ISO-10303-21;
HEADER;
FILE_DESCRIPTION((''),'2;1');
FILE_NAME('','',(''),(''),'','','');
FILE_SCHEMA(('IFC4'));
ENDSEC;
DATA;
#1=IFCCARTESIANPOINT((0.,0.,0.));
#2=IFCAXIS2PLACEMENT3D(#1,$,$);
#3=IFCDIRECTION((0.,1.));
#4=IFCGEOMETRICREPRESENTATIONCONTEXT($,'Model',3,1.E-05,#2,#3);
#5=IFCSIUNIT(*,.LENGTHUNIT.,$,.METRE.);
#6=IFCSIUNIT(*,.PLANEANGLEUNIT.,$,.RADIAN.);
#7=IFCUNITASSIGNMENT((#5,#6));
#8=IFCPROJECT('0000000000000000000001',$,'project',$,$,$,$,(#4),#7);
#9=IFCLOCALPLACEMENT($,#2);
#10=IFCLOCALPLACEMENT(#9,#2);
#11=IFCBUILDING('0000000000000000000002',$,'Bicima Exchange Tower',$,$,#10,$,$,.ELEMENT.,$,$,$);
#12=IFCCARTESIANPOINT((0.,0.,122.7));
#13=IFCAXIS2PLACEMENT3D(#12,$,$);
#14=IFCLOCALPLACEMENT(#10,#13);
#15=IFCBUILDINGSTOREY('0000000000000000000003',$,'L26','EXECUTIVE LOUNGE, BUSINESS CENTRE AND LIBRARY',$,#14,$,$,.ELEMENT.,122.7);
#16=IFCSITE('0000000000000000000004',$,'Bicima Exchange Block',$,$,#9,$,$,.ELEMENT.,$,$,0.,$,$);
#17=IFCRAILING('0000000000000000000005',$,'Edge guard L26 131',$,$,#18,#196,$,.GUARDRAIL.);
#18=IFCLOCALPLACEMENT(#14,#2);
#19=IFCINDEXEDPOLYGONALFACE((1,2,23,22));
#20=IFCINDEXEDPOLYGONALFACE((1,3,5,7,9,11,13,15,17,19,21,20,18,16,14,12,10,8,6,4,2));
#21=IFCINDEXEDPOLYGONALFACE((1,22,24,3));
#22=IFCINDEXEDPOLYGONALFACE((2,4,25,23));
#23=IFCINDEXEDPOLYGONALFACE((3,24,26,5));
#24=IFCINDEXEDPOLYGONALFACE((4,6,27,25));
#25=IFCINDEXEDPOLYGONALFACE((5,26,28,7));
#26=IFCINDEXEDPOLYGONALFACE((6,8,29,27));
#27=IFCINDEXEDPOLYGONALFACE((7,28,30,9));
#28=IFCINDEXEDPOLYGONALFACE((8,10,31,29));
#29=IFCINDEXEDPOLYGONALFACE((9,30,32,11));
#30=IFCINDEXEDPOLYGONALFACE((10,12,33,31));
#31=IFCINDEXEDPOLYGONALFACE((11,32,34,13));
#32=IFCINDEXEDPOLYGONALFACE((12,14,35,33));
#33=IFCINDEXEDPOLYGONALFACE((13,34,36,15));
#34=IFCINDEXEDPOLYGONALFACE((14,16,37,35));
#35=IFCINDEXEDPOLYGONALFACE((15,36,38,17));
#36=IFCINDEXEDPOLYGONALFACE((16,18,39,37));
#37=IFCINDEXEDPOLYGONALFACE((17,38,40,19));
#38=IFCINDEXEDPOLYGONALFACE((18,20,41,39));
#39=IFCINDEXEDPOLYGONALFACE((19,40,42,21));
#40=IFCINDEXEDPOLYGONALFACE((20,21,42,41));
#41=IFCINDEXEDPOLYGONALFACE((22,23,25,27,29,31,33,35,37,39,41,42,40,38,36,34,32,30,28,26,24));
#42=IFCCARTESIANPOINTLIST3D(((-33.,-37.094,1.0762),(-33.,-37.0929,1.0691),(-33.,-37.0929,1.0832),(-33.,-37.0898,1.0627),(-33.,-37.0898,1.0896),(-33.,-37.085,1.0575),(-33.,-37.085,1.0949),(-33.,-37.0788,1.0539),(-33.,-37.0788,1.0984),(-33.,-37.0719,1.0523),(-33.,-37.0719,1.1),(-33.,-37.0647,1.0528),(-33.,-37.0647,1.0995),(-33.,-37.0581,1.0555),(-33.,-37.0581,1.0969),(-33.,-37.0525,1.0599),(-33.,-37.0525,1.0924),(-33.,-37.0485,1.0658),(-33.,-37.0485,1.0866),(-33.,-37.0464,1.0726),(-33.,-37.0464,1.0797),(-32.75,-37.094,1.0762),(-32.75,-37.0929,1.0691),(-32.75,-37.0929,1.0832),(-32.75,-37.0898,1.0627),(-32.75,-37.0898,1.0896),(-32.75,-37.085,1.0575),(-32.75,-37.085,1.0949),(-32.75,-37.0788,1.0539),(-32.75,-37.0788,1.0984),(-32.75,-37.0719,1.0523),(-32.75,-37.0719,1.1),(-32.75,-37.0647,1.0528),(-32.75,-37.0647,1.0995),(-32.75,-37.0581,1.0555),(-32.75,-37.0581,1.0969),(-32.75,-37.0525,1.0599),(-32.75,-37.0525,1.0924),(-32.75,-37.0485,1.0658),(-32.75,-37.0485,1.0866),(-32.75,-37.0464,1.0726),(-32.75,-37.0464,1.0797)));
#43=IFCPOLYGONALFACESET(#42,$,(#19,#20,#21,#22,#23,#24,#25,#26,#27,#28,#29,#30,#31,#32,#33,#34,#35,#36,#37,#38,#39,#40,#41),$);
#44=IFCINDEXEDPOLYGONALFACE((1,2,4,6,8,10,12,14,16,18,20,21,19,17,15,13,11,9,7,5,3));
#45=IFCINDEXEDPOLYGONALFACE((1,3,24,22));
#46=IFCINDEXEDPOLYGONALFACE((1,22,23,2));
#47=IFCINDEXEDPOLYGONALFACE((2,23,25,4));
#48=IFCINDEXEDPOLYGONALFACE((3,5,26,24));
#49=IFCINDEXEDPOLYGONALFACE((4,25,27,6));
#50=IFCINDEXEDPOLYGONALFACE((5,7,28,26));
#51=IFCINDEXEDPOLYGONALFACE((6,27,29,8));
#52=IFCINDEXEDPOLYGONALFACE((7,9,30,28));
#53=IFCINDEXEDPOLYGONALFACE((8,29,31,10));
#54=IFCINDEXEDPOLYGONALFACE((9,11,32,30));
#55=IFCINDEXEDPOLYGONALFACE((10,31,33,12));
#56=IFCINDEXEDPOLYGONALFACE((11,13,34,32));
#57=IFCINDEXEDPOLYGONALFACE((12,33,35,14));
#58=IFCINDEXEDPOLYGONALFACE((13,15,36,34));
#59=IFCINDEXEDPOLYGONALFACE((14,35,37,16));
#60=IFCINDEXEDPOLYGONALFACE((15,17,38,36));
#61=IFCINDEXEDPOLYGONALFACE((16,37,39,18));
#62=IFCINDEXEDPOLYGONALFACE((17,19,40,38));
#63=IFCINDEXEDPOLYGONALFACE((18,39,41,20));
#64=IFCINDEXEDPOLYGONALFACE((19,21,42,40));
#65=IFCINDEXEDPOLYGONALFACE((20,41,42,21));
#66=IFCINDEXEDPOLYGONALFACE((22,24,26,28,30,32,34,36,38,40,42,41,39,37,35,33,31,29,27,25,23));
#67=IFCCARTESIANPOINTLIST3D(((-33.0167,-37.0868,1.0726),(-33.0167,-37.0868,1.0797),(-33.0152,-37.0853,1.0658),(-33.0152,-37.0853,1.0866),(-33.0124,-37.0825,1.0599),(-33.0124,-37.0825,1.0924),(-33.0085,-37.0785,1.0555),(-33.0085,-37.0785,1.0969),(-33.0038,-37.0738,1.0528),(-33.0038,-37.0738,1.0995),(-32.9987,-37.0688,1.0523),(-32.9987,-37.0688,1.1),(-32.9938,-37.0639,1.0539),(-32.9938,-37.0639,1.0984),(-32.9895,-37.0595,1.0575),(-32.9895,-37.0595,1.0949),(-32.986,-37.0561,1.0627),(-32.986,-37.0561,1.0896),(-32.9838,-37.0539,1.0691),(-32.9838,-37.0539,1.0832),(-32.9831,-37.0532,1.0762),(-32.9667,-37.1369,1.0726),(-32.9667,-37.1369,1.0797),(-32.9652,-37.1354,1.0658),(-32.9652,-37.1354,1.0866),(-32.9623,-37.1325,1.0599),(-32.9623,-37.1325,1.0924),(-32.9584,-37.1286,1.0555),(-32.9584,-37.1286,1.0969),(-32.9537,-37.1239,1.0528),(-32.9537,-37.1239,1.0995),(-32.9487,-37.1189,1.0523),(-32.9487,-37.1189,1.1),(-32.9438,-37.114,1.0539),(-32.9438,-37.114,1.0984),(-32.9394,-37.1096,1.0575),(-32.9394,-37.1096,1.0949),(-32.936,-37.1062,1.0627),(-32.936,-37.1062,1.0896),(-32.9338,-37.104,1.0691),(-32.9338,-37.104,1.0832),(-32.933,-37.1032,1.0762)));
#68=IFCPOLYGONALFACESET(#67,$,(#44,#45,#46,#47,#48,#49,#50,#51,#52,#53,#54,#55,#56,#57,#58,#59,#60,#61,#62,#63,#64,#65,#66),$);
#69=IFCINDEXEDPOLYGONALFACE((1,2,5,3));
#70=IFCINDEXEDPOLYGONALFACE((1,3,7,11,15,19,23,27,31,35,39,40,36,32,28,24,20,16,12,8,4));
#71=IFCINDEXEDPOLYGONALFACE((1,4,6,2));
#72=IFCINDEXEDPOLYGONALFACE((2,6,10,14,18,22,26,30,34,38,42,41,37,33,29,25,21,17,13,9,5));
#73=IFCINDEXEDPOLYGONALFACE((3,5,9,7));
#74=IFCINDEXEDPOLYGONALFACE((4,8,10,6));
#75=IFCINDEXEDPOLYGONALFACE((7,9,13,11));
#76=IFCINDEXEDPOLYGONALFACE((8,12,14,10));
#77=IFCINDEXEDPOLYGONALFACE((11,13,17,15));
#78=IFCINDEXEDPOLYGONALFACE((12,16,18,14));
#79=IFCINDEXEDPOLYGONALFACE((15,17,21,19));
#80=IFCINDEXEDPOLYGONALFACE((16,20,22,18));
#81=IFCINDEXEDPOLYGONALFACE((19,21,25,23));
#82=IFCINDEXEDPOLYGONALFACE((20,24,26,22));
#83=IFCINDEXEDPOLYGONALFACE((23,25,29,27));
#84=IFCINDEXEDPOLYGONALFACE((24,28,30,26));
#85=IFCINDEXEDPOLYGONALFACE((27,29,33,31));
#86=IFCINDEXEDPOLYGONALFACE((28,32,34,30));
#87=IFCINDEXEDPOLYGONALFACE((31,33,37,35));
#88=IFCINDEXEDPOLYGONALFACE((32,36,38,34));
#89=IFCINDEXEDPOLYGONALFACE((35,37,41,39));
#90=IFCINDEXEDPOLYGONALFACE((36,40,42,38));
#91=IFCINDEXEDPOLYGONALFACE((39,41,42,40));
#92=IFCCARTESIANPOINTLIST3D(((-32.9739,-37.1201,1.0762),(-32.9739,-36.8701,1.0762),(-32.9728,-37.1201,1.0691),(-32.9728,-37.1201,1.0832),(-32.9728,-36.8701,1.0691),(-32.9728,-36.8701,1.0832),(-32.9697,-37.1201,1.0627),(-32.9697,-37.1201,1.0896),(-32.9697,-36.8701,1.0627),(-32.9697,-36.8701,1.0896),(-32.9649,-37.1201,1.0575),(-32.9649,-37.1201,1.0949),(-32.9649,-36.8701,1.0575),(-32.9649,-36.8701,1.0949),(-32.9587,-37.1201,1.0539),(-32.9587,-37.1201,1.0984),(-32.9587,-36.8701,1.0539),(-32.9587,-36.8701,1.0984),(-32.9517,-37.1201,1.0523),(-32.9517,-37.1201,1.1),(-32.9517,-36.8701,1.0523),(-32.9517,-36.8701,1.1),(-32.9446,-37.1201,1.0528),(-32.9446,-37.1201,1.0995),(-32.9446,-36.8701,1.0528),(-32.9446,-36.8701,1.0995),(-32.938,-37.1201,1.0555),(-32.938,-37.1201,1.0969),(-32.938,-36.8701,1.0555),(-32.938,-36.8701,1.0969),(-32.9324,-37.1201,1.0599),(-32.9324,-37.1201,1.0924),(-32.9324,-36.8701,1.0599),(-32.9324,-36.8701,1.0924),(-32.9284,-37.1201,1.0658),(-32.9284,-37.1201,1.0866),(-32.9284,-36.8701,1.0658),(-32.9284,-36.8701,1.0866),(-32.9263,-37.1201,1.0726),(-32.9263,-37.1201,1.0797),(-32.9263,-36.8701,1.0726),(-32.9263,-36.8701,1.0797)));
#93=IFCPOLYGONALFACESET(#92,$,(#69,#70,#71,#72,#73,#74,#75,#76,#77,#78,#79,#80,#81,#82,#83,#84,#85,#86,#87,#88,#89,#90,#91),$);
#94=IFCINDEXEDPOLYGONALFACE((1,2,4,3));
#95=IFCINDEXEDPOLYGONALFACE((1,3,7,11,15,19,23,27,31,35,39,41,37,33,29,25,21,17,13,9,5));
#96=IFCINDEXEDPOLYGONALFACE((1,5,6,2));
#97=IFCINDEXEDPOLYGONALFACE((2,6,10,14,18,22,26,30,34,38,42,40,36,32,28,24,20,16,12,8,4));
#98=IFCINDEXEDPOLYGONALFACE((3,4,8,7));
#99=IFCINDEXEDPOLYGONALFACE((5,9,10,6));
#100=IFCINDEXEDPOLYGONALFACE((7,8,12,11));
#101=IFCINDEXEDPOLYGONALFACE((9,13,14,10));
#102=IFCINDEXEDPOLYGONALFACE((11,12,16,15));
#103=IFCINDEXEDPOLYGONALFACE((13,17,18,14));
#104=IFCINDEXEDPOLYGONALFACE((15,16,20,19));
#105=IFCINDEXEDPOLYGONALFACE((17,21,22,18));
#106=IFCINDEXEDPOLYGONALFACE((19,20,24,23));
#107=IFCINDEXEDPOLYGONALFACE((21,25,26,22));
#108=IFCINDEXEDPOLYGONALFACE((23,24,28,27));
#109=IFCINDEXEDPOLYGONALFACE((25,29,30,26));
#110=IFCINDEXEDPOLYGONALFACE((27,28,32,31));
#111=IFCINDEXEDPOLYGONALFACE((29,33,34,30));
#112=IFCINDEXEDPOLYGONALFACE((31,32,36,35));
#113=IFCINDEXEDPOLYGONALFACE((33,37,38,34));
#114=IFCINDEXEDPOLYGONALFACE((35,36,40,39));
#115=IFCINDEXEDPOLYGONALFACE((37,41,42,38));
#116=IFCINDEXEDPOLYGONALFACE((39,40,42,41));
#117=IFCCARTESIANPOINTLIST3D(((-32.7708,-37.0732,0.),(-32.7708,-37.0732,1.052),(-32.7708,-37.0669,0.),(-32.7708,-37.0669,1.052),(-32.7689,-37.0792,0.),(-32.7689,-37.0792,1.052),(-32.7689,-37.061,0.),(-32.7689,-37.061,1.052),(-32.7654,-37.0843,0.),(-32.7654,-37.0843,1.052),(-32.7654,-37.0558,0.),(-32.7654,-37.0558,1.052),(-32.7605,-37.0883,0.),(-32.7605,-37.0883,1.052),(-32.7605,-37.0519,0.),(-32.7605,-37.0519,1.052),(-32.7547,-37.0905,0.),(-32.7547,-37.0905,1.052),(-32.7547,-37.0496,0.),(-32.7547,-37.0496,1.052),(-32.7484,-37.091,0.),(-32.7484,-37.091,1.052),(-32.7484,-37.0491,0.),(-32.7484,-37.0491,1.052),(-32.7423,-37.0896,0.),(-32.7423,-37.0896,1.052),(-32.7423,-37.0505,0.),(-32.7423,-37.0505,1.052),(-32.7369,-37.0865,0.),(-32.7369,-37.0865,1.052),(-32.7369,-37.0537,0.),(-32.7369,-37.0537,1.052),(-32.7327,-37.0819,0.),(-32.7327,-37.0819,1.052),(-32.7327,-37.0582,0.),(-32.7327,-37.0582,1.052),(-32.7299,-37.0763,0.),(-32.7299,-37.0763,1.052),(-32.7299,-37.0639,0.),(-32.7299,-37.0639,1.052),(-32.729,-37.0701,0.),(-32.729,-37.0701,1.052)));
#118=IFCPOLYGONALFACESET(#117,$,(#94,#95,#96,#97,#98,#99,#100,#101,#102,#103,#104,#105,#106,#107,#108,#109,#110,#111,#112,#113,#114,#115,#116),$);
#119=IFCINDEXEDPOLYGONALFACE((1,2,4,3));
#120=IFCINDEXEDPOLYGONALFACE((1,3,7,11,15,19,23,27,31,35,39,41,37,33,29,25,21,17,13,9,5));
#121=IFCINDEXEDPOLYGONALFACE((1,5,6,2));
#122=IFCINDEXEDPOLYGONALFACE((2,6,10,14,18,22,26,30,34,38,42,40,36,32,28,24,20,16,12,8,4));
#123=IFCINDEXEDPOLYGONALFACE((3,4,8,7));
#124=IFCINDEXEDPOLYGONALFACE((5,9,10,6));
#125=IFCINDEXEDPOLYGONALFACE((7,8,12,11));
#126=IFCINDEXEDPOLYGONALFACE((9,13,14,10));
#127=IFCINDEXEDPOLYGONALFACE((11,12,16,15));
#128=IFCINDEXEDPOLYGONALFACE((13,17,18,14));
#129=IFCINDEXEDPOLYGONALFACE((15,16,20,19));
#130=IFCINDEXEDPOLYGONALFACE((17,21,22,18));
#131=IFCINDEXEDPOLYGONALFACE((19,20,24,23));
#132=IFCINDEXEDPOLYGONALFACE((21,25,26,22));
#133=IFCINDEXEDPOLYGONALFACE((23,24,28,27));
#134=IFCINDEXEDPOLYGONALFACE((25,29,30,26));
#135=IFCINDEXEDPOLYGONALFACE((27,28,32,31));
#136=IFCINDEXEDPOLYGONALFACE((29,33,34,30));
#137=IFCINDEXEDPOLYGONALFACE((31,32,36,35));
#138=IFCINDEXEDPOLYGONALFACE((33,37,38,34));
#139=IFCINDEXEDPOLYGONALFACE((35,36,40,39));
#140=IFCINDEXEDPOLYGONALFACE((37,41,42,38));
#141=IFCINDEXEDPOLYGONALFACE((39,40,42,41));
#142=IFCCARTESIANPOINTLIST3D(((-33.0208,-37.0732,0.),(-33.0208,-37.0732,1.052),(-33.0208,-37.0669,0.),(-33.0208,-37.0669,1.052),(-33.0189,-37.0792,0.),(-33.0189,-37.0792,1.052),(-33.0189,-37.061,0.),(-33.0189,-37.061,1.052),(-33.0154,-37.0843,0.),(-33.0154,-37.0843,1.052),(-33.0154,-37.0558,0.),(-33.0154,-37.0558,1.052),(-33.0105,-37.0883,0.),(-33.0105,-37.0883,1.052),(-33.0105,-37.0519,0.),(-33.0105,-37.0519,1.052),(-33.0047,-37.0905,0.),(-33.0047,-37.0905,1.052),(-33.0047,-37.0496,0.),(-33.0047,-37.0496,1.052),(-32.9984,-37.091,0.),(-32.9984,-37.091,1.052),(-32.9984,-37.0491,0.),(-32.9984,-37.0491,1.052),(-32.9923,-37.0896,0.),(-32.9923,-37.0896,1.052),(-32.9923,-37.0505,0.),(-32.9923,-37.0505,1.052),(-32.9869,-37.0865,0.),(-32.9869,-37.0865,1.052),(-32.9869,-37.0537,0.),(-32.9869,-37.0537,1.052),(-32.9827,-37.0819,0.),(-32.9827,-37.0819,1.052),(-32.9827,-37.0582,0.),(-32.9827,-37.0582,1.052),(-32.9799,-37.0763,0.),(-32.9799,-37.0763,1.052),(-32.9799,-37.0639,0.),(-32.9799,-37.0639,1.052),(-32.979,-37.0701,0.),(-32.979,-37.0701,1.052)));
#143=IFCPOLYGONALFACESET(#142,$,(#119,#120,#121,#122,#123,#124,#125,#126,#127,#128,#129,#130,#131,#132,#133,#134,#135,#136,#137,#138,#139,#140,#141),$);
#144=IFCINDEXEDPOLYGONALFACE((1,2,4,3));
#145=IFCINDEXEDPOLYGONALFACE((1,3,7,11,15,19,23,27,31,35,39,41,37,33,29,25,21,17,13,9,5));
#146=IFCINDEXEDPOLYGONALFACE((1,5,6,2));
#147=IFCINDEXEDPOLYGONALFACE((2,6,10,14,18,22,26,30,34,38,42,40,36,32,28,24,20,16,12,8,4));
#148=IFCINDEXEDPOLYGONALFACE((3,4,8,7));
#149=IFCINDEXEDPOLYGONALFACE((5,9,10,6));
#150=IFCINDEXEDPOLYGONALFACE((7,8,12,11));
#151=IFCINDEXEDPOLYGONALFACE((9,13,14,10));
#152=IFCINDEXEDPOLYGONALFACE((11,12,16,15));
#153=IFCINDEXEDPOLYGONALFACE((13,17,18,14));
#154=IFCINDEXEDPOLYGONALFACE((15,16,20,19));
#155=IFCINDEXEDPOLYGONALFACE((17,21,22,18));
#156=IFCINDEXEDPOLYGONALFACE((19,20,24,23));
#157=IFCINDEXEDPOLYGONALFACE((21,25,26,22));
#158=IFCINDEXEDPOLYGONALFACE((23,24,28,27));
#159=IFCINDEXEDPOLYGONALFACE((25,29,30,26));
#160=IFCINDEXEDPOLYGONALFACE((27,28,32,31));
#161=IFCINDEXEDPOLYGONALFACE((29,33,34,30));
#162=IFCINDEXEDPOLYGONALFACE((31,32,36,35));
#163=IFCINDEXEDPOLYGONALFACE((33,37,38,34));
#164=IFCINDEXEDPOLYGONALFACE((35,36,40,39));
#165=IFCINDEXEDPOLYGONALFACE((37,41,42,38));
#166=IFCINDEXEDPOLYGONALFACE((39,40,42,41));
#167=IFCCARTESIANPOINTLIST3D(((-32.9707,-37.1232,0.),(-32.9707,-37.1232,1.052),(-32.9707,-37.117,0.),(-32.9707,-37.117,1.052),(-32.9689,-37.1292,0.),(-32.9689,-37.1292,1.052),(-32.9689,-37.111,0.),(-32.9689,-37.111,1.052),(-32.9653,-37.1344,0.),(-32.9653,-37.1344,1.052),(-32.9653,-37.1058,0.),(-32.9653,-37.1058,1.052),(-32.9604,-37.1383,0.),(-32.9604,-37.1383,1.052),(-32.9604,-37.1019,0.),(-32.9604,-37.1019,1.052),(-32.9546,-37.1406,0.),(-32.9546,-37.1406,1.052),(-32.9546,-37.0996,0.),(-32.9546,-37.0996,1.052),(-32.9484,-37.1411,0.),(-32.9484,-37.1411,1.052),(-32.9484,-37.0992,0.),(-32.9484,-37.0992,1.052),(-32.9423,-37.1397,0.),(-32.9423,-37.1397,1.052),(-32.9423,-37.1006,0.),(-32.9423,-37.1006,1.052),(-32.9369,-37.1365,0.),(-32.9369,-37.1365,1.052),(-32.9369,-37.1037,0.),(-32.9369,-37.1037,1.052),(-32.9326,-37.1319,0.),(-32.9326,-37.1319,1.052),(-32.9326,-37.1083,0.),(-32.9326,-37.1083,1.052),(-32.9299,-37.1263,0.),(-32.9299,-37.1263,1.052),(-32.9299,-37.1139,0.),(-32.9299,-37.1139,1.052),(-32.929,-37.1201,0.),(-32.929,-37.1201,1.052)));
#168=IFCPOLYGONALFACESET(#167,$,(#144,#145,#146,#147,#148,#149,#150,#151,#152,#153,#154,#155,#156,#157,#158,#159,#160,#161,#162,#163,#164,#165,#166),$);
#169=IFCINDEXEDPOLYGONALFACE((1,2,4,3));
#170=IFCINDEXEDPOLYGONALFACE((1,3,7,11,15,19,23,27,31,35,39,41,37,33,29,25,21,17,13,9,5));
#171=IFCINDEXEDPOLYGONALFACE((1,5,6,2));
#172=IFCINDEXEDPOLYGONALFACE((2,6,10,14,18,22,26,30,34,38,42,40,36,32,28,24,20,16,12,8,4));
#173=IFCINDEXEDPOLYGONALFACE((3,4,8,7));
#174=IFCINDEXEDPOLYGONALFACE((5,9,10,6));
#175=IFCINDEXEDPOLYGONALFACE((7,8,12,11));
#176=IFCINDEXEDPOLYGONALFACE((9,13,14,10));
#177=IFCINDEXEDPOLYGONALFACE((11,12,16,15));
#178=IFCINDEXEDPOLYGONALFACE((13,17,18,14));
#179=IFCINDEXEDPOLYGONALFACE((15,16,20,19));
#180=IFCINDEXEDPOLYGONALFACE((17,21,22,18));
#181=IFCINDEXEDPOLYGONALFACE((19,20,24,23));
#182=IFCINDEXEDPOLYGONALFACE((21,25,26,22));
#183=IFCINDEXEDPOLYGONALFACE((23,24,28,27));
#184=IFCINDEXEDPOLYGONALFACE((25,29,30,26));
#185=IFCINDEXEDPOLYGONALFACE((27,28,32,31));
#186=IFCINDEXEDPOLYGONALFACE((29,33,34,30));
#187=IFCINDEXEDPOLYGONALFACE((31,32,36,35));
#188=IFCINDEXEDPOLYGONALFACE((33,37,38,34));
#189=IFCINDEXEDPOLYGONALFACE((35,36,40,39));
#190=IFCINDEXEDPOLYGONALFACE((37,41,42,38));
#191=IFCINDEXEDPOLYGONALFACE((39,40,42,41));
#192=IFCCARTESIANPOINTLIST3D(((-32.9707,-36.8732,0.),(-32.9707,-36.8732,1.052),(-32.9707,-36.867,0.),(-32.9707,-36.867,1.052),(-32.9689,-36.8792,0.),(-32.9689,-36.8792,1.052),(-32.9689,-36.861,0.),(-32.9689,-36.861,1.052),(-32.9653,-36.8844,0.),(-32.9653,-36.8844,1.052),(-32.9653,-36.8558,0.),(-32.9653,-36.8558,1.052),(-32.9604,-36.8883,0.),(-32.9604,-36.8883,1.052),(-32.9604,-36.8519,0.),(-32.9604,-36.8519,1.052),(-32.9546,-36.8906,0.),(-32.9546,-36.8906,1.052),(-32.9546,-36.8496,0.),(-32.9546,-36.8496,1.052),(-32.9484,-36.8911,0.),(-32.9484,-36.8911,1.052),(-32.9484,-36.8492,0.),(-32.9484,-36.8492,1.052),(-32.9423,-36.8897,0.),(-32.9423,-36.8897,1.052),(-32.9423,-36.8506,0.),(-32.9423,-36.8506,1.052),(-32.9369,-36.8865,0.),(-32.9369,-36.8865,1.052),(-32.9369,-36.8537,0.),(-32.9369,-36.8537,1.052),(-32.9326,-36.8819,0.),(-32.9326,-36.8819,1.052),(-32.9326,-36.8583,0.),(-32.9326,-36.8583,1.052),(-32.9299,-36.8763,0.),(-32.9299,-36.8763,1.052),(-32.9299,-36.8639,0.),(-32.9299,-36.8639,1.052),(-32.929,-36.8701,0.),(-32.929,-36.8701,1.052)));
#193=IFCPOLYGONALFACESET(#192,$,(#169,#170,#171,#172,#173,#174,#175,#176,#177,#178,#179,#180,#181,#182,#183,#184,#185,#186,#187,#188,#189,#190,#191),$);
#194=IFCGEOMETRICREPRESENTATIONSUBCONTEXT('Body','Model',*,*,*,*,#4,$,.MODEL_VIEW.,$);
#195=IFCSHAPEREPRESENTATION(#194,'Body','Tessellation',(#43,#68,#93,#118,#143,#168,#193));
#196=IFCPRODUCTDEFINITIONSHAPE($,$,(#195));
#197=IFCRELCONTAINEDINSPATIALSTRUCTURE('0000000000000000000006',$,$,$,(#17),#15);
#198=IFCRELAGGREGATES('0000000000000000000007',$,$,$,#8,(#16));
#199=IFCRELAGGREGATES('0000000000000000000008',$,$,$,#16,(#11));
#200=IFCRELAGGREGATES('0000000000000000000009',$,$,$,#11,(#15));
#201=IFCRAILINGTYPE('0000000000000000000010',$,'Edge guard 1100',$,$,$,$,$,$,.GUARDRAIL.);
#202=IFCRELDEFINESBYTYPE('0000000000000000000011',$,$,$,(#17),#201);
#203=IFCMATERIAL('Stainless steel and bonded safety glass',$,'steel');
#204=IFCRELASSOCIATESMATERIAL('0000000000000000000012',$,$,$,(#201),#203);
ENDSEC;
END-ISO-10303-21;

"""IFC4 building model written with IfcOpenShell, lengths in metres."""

from ifc_helpers import new_model, si_unit, direction, frame, origin, origin_2d, place, context, subcontext, project, spatial, circle, extrude, material, type_object, element, save


model = new_model("IFC4")

# Units and contexts
model_context = context("Model", 3, precision=1e-05, world=origin(), true_north=direction((0.0, 1.0)))
body_context = subcontext(model_context, "Body", "Model", "MODEL_VIEW")
ifc_project = project(units=[si_unit("LENGTHUNIT", "METRE"), si_unit("PLANEANGLEUNIT", "RADIAN")], contexts=[model_context])

# Site, building, storey
site_placement = place(None, origin())
site = spatial("IfcSite", under=ifc_project, at=site_placement, Name="Bicima Exchange Block", CompositionType="ELEMENT", RefElevation=0.0)
building_placement = place(site_placement, origin())
building = spatial("IfcBuilding", under=site, at=building_placement, Name="Bicima Exchange Tower", CompositionType="ELEMENT")
storey_placement = place(building_placement, frame((0.0, 0.0, 122.7)))
storey = spatial("IfcBuildingStorey", under=building, at=storey_placement, Name="L26", Description="EXECUTIVE LOUNGE, BUSINESS CENTRE AND LIBRARY", CompositionType="ELEMENT", Elevation=122.7)

# Railing
ifc_material_1 = material(Name="Stainless steel and bonded safety glass", Category="steel")
railing_type = type_object("IfcRailingType", Name="Edge guard 1100", PredefinedType="GUARDRAIL", material=ifc_material_1)
railing_1_placement = place(storey_placement, frame((-32.75, -37.0701, 0.0)))
element("IfcRailing", 1, at=railing_1_placement, inside=storey, type_object=railing_type, Name="Edge guard L26 131", PredefinedType="GUARDRAIL", context=body_context, shape_type="SweptSolid", body=[
    extrude(circle(Radius=0.0239, at=origin_2d()), frame((0.0, 0.0, 1.0762), z_axis=(-1.0, 0.0, 0.0), x_axis=(0.0, -1.0, 0.0)), (0.0, 0.0, 1.0), 0.25),
    extrude(circle(Radius=0.0239, at=origin_2d()), frame((-0.25, 0.0, 1.0762), z_axis=(0.707107, -0.707107, 0.0), x_axis=(0.707107, 0.707107, 0.0)), (0.0, 0.0, 1.0), 0.0708),
    extrude(circle(Radius=0.0239, at=origin_2d()), frame((-0.2, -0.05, 1.0762), z_axis=(0.0, 1.0, 0.0), x_axis=(-1.0, 0.0, 0.0)), (0.0, 0.0, 1.0), 0.25),
    extrude(circle(Radius=0.021, at=origin_2d()), origin(), (0.0, 0.0, 1.0), 1.052),
    extrude(circle(Radius=0.021, at=origin_2d()), frame((-0.25, 0.0, 0.0)), (0.0, 0.0, 1.0), 1.052),
    extrude(circle(Radius=0.021, at=origin_2d()), frame((-0.2, -0.05, 0.0)), (0.0, 0.0, 1.0), 1.052),
    extrude(circle(Radius=0.021, at=origin_2d()), frame((-0.2, 0.2, 0.0)), (0.0, 0.0, 1.0), 1.052),
])

save(model, "model.ifc")
